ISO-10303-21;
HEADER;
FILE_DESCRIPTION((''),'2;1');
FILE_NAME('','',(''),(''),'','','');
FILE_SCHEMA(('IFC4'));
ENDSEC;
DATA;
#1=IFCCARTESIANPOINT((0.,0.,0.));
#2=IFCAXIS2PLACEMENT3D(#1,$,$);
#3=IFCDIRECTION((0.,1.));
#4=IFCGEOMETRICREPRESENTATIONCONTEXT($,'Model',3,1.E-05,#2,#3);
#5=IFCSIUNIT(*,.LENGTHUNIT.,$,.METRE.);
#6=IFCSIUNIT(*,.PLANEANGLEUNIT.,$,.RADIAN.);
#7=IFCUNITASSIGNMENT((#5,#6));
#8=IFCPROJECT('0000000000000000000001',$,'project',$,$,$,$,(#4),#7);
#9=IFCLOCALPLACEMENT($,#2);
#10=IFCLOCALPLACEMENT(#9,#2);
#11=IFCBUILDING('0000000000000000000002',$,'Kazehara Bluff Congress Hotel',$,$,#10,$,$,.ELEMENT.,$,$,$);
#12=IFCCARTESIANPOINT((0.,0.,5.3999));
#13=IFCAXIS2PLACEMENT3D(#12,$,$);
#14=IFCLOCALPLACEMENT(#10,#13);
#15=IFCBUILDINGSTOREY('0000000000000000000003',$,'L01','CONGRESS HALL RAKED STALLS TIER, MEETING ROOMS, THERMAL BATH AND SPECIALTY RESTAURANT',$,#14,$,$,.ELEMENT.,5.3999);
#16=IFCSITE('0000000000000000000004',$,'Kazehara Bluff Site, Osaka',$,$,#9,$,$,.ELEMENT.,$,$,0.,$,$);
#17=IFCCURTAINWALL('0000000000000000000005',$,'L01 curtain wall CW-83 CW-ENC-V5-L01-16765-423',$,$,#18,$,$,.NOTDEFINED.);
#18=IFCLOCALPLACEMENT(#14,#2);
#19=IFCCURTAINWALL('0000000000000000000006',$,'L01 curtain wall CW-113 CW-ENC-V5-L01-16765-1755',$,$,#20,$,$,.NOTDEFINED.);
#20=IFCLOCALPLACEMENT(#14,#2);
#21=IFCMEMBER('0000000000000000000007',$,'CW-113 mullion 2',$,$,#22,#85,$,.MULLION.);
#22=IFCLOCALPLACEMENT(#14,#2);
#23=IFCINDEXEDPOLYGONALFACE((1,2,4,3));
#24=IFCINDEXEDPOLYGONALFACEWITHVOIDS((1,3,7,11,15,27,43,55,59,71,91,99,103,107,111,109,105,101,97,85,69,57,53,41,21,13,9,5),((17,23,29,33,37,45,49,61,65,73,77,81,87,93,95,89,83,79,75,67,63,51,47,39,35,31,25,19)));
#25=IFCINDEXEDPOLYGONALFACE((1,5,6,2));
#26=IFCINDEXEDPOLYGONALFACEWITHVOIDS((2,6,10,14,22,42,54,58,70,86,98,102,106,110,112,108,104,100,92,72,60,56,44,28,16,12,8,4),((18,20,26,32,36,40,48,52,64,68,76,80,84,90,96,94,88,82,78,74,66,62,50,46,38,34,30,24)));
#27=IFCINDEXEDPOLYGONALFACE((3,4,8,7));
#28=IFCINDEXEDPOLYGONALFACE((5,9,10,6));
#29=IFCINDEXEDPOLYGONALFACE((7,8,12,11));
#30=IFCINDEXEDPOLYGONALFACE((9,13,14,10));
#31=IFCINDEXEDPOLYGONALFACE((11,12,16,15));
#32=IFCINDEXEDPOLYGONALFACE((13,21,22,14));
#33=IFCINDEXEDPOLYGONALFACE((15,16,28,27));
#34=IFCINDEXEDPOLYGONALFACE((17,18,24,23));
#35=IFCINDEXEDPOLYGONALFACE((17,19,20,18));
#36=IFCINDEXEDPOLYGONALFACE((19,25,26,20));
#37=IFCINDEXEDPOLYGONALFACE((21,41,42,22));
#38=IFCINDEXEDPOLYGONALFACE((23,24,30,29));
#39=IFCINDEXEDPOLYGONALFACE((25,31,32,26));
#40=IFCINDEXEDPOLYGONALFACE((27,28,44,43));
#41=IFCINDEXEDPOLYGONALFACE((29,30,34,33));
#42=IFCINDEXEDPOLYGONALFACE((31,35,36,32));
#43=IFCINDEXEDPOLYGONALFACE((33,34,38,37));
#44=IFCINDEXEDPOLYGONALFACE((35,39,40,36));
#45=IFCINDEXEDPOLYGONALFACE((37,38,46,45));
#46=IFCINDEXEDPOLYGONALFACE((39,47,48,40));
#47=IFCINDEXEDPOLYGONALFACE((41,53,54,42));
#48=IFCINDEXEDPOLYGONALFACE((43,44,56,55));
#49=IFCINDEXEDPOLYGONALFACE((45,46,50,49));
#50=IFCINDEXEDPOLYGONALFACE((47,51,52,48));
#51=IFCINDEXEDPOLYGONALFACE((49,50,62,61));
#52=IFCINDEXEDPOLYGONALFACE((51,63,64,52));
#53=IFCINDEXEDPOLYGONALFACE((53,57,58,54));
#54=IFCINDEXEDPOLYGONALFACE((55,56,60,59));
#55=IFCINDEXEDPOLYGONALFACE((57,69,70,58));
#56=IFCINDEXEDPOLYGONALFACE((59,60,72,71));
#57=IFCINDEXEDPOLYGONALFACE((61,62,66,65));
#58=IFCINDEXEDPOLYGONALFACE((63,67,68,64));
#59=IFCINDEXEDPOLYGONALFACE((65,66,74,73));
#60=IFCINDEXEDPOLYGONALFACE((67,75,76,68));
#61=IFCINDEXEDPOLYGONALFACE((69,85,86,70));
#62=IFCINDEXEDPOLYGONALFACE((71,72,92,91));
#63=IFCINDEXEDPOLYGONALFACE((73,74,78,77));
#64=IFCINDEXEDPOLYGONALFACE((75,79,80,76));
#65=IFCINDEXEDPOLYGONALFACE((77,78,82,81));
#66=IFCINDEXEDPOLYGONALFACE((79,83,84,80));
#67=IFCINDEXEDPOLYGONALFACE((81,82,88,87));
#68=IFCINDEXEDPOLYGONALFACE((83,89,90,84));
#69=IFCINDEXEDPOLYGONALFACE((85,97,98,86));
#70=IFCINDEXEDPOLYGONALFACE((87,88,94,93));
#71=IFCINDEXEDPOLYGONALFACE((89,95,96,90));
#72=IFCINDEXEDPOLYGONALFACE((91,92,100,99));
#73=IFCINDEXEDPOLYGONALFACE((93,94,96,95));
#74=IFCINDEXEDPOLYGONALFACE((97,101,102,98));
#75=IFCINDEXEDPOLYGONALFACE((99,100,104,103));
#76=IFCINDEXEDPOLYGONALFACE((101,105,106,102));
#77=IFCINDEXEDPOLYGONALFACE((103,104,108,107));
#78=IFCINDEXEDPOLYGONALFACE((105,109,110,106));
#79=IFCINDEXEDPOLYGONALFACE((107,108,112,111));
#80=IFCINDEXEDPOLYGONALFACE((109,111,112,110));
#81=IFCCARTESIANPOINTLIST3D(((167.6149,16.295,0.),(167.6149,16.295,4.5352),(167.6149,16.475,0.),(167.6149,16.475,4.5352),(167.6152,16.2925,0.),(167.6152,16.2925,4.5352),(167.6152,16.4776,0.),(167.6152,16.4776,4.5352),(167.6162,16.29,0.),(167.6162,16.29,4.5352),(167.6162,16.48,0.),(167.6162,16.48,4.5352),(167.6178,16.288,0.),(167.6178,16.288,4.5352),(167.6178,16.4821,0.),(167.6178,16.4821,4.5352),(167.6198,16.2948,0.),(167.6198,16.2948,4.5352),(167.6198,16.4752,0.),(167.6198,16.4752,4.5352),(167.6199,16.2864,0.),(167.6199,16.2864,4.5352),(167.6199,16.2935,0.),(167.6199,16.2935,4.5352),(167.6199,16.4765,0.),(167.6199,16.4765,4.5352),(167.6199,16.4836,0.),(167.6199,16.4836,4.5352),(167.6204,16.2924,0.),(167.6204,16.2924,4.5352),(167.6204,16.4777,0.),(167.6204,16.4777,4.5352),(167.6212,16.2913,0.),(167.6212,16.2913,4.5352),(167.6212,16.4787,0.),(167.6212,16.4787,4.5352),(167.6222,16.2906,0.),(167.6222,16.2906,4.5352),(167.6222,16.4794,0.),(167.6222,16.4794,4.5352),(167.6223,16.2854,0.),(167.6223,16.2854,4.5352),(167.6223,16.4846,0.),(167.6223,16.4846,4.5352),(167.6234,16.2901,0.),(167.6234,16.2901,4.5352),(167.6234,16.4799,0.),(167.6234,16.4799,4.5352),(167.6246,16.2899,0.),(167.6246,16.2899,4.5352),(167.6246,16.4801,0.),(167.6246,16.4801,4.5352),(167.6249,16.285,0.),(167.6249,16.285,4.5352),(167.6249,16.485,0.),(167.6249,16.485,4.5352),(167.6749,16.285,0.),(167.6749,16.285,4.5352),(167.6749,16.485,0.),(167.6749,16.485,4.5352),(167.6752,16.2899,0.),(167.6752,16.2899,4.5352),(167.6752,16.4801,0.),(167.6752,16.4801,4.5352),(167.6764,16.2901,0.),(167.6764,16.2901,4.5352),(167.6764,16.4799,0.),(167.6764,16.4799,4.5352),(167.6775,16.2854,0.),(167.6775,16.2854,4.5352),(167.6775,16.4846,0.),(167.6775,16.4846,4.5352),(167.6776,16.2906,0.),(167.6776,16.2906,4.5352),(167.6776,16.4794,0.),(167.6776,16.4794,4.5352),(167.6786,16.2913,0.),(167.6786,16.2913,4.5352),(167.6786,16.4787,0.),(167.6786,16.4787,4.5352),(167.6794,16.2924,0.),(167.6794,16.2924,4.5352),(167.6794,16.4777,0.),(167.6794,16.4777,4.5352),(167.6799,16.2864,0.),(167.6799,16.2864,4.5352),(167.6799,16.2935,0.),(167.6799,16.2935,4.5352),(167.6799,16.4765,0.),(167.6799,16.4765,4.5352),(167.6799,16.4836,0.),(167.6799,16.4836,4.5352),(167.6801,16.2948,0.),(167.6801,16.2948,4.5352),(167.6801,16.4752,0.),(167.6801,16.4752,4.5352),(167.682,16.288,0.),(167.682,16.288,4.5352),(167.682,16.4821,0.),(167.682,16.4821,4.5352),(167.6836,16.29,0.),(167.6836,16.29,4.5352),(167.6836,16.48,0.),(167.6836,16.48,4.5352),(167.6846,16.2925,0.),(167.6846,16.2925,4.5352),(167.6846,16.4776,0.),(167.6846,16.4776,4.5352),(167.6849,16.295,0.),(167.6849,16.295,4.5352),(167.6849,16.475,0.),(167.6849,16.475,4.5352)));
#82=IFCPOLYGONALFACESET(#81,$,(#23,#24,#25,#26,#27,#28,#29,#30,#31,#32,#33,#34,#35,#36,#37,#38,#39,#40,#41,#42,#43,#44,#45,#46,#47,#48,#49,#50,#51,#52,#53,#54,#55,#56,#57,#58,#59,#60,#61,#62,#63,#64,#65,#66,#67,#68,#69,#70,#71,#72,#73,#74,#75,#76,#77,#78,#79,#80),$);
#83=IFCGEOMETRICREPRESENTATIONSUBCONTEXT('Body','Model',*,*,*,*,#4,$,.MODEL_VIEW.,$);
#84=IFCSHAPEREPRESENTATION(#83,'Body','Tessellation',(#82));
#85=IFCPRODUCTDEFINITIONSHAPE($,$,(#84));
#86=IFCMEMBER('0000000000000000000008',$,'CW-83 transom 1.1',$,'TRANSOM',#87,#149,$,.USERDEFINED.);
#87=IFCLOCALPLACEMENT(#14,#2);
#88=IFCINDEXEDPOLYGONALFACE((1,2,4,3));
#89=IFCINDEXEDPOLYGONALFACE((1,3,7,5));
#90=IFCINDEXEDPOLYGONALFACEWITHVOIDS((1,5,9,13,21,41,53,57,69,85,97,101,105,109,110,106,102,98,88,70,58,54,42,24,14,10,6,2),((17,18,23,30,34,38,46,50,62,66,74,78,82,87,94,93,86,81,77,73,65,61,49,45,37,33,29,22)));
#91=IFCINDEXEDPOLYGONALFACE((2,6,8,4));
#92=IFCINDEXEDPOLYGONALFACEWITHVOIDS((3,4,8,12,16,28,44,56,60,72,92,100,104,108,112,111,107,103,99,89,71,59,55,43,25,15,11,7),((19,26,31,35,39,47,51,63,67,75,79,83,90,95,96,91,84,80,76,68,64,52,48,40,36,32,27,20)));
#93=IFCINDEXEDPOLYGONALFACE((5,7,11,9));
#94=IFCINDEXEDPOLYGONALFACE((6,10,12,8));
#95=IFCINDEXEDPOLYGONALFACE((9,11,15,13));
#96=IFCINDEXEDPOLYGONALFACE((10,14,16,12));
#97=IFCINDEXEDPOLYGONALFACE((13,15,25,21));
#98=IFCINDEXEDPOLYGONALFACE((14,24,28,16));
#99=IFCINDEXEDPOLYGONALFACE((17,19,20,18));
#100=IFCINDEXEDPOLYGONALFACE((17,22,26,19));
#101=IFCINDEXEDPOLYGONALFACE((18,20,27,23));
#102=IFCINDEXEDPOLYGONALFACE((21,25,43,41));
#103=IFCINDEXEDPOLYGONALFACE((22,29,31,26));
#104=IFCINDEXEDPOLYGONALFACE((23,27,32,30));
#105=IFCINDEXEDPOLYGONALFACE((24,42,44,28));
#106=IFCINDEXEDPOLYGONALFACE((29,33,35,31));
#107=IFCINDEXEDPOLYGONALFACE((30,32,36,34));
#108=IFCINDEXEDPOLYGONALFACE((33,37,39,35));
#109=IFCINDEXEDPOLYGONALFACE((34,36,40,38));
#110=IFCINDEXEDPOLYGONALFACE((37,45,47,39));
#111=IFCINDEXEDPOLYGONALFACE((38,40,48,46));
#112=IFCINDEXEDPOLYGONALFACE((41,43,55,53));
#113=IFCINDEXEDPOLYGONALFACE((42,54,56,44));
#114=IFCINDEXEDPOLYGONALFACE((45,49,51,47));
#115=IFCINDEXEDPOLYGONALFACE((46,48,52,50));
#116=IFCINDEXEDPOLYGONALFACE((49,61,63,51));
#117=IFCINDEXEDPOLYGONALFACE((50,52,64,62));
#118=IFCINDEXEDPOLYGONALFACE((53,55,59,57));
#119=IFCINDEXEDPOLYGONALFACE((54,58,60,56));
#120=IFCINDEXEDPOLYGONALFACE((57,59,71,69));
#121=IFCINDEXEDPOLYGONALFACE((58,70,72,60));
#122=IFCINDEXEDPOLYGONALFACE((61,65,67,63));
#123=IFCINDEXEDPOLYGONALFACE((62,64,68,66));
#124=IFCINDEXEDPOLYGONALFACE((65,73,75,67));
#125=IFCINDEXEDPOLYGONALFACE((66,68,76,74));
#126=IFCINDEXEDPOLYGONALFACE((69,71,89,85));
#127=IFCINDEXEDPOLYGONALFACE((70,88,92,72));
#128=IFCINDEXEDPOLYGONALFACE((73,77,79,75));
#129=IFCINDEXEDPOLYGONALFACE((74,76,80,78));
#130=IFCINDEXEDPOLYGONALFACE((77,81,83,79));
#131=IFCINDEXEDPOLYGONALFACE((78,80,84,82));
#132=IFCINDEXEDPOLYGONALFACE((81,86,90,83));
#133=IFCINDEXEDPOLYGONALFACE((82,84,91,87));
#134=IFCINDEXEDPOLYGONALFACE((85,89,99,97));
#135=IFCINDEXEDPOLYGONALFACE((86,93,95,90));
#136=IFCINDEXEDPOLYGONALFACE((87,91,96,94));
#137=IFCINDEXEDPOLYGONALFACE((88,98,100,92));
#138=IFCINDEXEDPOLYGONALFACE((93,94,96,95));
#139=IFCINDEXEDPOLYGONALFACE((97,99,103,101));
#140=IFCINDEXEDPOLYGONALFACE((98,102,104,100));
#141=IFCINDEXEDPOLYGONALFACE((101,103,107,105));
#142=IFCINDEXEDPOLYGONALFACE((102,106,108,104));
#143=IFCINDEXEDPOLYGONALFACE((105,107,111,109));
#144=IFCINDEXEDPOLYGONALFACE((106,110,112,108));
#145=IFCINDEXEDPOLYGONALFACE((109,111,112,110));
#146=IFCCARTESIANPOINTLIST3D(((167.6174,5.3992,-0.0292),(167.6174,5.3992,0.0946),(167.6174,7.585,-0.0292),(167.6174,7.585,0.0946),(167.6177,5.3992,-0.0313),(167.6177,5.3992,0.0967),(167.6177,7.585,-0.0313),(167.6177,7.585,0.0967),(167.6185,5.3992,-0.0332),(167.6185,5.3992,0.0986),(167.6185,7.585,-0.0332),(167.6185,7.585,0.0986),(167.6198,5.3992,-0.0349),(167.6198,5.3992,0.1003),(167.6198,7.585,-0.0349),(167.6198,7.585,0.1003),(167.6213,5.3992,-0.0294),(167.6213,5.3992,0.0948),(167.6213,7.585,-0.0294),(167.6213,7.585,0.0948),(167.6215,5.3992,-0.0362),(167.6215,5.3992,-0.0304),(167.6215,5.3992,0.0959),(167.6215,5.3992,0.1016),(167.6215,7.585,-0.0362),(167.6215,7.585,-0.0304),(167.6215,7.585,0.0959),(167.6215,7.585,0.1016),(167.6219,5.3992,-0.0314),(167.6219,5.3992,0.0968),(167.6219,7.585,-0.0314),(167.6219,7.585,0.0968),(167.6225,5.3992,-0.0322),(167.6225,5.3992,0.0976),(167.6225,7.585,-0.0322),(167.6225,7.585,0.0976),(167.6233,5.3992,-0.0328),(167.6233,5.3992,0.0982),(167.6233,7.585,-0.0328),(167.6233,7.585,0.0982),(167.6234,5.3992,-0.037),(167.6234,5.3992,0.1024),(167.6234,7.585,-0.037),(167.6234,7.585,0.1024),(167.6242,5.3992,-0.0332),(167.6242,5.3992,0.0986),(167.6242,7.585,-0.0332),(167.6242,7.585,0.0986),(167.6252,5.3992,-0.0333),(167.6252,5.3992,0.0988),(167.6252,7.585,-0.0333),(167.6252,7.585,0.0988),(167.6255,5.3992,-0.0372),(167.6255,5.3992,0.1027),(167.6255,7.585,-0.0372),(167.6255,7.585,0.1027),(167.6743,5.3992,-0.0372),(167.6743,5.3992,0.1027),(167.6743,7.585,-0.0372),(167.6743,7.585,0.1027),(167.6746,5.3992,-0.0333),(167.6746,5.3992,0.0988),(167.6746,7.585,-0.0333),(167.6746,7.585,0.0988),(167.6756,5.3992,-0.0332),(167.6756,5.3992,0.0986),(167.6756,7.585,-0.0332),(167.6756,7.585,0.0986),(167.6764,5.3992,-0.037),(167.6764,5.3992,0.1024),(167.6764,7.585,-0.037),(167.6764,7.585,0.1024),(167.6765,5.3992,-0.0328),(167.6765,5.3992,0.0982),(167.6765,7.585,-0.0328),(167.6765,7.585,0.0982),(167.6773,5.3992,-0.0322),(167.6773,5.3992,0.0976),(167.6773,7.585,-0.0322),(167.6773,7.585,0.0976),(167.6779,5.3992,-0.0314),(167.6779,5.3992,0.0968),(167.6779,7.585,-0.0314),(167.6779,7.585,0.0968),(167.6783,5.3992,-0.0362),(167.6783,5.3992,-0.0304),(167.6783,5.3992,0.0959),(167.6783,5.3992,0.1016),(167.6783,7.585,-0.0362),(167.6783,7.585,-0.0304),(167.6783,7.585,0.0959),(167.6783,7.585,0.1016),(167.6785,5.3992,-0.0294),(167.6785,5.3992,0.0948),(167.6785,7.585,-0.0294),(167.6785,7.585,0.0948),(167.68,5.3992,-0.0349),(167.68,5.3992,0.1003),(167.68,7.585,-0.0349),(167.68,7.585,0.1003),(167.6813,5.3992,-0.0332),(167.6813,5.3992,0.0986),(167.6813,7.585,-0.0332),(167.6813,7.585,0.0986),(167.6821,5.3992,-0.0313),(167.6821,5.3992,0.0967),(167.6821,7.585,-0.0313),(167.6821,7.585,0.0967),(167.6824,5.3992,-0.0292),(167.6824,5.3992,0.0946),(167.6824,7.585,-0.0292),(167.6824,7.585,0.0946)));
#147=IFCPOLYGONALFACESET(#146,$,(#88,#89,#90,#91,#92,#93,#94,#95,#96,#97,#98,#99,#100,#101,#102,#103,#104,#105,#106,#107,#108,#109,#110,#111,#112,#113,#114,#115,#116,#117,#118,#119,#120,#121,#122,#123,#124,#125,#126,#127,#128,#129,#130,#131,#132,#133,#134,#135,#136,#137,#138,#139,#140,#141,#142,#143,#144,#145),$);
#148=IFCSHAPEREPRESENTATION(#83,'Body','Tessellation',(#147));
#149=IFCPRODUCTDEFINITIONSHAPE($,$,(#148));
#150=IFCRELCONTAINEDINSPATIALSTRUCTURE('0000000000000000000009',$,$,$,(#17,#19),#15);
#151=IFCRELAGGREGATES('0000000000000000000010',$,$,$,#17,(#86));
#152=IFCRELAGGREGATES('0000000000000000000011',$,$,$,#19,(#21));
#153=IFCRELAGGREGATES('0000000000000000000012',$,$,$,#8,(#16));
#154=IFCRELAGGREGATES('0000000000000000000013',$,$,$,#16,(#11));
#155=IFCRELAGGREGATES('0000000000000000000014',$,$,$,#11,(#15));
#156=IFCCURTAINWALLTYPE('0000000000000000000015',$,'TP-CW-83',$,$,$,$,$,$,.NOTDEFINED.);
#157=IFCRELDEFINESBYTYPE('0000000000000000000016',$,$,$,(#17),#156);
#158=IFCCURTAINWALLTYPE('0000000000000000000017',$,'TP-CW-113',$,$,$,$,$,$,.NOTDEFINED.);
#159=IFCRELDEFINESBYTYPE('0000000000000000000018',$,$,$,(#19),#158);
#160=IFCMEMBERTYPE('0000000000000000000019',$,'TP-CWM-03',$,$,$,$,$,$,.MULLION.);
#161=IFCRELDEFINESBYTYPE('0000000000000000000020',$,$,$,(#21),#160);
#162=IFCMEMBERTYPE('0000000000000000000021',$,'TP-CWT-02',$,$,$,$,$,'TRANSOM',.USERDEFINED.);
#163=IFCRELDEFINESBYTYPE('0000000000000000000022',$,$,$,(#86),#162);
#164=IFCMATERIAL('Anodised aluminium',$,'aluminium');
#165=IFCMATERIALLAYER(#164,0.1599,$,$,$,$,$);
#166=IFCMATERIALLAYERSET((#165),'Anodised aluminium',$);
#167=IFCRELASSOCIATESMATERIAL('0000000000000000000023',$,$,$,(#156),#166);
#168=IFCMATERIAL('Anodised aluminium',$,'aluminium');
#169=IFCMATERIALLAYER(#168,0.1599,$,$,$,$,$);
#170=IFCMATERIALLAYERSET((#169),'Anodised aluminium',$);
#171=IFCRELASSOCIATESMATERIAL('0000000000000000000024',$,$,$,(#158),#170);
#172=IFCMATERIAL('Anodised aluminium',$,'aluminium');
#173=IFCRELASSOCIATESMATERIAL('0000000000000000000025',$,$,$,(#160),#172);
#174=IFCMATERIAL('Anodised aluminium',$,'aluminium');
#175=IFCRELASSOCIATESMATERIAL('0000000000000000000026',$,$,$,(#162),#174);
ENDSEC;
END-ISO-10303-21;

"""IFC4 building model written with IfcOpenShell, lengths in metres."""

from ifc_helpers import new_model, si_unit, direction, frame, origin, origin_2d, place, context, subcontext, project, spatial, hollow_rectangle, extrude, material, layer, layer_set, material_profile, profile_set, type_object, element, aggregate, save


model = new_model("IFC4")

# Units and contexts
model_context = context("Model", 3, precision=1e-05, world=origin(), true_north=direction((0.0, 1.0)))
body_context = subcontext(model_context, "Body", "Model", "MODEL_VIEW")
ifc_project = project(units=[si_unit("LENGTHUNIT", "METRE"), si_unit("PLANEANGLEUNIT", "RADIAN")], contexts=[model_context])

# Site, building, storey
site_placement = place(None, origin())
site = spatial("IfcSite", under=ifc_project, at=site_placement, Name="Kazehara Bluff Site, Osaka", CompositionType="ELEMENT", RefElevation=0.0)
building_placement = place(site_placement, origin())
building = spatial("IfcBuilding", under=site, at=building_placement, Name="Kazehara Bluff Congress Hotel", CompositionType="ELEMENT")
storey_placement = place(building_placement, frame((0.0, 0.0, 5.3999)))
storey = spatial("IfcBuildingStorey", under=building, at=storey_placement, Name="L01", Description="CONGRESS HALL RAKED STALLS TIER, MEETING ROOMS, THERMAL BATH AND SPECIALTY RESTAURANT", CompositionType="ELEMENT", Elevation=5.3999)

# Curtain wall
ifc_material_1 = material(Name="Anodised aluminium", Category="aluminium")
ifc_layer_1 = layer(ifc_material_1, 0.1599)
ifc_layer_set_1 = layer_set([ifc_layer_1], Name="Anodised aluminium")
curtain_wall_type_1 = type_object("IfcCurtainWallType", Name="TP-CW-83", PredefinedType="NOTDEFINED", material=ifc_layer_set_1)
curtain_wall_1_placement = place(storey_placement, origin())
curtain_wall_1 = element("IfcCurtainWall", 1, at=curtain_wall_1_placement, inside=storey, type_object=curtain_wall_type_1, Name="L01 curtain wall CW-83 CW-ENC-V5-L01-16765-423", PredefinedType="NOTDEFINED")

# Curtain wall, member
ifc_material_2 = material(Name="Anodised aluminium", Category="aluminium")
ifc_layer_2 = layer(ifc_material_2, 0.1599)
ifc_layer_set_2 = layer_set([ifc_layer_2], Name="Anodised aluminium")
curtain_wall_type_2 = type_object("IfcCurtainWallType", Name="TP-CW-113", PredefinedType="NOTDEFINED", material=ifc_layer_set_2)
curtain_wall_2_placement = place(storey_placement, origin())
curtain_wall_2 = element("IfcCurtainWall", 2, at=curtain_wall_2_placement, inside=storey, type_object=curtain_wall_type_2, Name="L01 curtain wall CW-113 CW-ENC-V5-L01-16765-1755", PredefinedType="NOTDEFINED")
ifc_material_3 = material(Name="Anodised aluminium", Category="aluminium")
ifc_material_profile_1 = material_profile(ifc_material_3, hollow_rectangle(XDim=0.0701, YDim=0.2, WallThickness=0.0049, InnerFilletRadius=0.0049, OuterFilletRadius=0.01, at=origin_2d()))
ifc_profile_set_1 = profile_set([ifc_material_profile_1], Name="Anodised aluminium")
member_type_1 = type_object("IfcMemberType", Name="TP-CWM-03", PredefinedType="MULLION", material=ifc_profile_set_1)
member_1_placement = place(storey_placement, frame((167.6499, 16.385, 0.0), z_axis=(0.0, 0.0, 1.0), x_axis=(1.0, 0.0, 0.0)))
member_1 = element("IfcMember", 3, at=member_1_placement, type_object=member_type_1, Name="CW-113 mullion 2", PredefinedType="MULLION", context=body_context, shape_type="SweptSolid", body=[
    extrude(hollow_rectangle(XDim=0.0701, YDim=0.2, WallThickness=0.0049, InnerFilletRadius=0.0049, OuterFilletRadius=0.01, at=origin_2d()), origin(), (0.0, 0.0, 1.0), 4.5352),
])

# Member
ifc_material_4 = material(Name="Anodised aluminium", Category="aluminium")
ifc_material_profile_2 = material_profile(ifc_material_4, hollow_rectangle(XDim=0.0649, YDim=0.1399, WallThickness=0.0039, InnerFilletRadius=0.0039, OuterFilletRadius=0.0081, at=origin_2d()))
ifc_profile_set_2 = profile_set([ifc_material_profile_2], Name="Anodised aluminium")
member_type_2 = type_object("IfcMemberType", Name="TP-CWT-02", ElementType="TRANSOM", PredefinedType="USERDEFINED", material=ifc_profile_set_2)
member_2_placement = place(storey_placement, frame((167.6499, 7.585, 0.0327), z_axis=(0.0, -1.0, 0.0), x_axis=(1.0, 0.0, 0.0)))
member_2 = element("IfcMember", 4, at=member_2_placement, type_object=member_type_2, Name="CW-83 transom 1.1", ObjectType="TRANSOM", PredefinedType="USERDEFINED", context=body_context, shape_type="SweptSolid", body=[
    extrude(hollow_rectangle(XDim=0.0649, YDim=0.1399, WallThickness=0.0039, InnerFilletRadius=0.0039, OuterFilletRadius=0.0081, at=origin_2d()), origin(), (0.0, 0.0, 1.0), 2.1858),
])

aggregate(curtain_wall_1, [member_2])
aggregate(curtain_wall_2, [member_1])

save(model, "model.ifc")
